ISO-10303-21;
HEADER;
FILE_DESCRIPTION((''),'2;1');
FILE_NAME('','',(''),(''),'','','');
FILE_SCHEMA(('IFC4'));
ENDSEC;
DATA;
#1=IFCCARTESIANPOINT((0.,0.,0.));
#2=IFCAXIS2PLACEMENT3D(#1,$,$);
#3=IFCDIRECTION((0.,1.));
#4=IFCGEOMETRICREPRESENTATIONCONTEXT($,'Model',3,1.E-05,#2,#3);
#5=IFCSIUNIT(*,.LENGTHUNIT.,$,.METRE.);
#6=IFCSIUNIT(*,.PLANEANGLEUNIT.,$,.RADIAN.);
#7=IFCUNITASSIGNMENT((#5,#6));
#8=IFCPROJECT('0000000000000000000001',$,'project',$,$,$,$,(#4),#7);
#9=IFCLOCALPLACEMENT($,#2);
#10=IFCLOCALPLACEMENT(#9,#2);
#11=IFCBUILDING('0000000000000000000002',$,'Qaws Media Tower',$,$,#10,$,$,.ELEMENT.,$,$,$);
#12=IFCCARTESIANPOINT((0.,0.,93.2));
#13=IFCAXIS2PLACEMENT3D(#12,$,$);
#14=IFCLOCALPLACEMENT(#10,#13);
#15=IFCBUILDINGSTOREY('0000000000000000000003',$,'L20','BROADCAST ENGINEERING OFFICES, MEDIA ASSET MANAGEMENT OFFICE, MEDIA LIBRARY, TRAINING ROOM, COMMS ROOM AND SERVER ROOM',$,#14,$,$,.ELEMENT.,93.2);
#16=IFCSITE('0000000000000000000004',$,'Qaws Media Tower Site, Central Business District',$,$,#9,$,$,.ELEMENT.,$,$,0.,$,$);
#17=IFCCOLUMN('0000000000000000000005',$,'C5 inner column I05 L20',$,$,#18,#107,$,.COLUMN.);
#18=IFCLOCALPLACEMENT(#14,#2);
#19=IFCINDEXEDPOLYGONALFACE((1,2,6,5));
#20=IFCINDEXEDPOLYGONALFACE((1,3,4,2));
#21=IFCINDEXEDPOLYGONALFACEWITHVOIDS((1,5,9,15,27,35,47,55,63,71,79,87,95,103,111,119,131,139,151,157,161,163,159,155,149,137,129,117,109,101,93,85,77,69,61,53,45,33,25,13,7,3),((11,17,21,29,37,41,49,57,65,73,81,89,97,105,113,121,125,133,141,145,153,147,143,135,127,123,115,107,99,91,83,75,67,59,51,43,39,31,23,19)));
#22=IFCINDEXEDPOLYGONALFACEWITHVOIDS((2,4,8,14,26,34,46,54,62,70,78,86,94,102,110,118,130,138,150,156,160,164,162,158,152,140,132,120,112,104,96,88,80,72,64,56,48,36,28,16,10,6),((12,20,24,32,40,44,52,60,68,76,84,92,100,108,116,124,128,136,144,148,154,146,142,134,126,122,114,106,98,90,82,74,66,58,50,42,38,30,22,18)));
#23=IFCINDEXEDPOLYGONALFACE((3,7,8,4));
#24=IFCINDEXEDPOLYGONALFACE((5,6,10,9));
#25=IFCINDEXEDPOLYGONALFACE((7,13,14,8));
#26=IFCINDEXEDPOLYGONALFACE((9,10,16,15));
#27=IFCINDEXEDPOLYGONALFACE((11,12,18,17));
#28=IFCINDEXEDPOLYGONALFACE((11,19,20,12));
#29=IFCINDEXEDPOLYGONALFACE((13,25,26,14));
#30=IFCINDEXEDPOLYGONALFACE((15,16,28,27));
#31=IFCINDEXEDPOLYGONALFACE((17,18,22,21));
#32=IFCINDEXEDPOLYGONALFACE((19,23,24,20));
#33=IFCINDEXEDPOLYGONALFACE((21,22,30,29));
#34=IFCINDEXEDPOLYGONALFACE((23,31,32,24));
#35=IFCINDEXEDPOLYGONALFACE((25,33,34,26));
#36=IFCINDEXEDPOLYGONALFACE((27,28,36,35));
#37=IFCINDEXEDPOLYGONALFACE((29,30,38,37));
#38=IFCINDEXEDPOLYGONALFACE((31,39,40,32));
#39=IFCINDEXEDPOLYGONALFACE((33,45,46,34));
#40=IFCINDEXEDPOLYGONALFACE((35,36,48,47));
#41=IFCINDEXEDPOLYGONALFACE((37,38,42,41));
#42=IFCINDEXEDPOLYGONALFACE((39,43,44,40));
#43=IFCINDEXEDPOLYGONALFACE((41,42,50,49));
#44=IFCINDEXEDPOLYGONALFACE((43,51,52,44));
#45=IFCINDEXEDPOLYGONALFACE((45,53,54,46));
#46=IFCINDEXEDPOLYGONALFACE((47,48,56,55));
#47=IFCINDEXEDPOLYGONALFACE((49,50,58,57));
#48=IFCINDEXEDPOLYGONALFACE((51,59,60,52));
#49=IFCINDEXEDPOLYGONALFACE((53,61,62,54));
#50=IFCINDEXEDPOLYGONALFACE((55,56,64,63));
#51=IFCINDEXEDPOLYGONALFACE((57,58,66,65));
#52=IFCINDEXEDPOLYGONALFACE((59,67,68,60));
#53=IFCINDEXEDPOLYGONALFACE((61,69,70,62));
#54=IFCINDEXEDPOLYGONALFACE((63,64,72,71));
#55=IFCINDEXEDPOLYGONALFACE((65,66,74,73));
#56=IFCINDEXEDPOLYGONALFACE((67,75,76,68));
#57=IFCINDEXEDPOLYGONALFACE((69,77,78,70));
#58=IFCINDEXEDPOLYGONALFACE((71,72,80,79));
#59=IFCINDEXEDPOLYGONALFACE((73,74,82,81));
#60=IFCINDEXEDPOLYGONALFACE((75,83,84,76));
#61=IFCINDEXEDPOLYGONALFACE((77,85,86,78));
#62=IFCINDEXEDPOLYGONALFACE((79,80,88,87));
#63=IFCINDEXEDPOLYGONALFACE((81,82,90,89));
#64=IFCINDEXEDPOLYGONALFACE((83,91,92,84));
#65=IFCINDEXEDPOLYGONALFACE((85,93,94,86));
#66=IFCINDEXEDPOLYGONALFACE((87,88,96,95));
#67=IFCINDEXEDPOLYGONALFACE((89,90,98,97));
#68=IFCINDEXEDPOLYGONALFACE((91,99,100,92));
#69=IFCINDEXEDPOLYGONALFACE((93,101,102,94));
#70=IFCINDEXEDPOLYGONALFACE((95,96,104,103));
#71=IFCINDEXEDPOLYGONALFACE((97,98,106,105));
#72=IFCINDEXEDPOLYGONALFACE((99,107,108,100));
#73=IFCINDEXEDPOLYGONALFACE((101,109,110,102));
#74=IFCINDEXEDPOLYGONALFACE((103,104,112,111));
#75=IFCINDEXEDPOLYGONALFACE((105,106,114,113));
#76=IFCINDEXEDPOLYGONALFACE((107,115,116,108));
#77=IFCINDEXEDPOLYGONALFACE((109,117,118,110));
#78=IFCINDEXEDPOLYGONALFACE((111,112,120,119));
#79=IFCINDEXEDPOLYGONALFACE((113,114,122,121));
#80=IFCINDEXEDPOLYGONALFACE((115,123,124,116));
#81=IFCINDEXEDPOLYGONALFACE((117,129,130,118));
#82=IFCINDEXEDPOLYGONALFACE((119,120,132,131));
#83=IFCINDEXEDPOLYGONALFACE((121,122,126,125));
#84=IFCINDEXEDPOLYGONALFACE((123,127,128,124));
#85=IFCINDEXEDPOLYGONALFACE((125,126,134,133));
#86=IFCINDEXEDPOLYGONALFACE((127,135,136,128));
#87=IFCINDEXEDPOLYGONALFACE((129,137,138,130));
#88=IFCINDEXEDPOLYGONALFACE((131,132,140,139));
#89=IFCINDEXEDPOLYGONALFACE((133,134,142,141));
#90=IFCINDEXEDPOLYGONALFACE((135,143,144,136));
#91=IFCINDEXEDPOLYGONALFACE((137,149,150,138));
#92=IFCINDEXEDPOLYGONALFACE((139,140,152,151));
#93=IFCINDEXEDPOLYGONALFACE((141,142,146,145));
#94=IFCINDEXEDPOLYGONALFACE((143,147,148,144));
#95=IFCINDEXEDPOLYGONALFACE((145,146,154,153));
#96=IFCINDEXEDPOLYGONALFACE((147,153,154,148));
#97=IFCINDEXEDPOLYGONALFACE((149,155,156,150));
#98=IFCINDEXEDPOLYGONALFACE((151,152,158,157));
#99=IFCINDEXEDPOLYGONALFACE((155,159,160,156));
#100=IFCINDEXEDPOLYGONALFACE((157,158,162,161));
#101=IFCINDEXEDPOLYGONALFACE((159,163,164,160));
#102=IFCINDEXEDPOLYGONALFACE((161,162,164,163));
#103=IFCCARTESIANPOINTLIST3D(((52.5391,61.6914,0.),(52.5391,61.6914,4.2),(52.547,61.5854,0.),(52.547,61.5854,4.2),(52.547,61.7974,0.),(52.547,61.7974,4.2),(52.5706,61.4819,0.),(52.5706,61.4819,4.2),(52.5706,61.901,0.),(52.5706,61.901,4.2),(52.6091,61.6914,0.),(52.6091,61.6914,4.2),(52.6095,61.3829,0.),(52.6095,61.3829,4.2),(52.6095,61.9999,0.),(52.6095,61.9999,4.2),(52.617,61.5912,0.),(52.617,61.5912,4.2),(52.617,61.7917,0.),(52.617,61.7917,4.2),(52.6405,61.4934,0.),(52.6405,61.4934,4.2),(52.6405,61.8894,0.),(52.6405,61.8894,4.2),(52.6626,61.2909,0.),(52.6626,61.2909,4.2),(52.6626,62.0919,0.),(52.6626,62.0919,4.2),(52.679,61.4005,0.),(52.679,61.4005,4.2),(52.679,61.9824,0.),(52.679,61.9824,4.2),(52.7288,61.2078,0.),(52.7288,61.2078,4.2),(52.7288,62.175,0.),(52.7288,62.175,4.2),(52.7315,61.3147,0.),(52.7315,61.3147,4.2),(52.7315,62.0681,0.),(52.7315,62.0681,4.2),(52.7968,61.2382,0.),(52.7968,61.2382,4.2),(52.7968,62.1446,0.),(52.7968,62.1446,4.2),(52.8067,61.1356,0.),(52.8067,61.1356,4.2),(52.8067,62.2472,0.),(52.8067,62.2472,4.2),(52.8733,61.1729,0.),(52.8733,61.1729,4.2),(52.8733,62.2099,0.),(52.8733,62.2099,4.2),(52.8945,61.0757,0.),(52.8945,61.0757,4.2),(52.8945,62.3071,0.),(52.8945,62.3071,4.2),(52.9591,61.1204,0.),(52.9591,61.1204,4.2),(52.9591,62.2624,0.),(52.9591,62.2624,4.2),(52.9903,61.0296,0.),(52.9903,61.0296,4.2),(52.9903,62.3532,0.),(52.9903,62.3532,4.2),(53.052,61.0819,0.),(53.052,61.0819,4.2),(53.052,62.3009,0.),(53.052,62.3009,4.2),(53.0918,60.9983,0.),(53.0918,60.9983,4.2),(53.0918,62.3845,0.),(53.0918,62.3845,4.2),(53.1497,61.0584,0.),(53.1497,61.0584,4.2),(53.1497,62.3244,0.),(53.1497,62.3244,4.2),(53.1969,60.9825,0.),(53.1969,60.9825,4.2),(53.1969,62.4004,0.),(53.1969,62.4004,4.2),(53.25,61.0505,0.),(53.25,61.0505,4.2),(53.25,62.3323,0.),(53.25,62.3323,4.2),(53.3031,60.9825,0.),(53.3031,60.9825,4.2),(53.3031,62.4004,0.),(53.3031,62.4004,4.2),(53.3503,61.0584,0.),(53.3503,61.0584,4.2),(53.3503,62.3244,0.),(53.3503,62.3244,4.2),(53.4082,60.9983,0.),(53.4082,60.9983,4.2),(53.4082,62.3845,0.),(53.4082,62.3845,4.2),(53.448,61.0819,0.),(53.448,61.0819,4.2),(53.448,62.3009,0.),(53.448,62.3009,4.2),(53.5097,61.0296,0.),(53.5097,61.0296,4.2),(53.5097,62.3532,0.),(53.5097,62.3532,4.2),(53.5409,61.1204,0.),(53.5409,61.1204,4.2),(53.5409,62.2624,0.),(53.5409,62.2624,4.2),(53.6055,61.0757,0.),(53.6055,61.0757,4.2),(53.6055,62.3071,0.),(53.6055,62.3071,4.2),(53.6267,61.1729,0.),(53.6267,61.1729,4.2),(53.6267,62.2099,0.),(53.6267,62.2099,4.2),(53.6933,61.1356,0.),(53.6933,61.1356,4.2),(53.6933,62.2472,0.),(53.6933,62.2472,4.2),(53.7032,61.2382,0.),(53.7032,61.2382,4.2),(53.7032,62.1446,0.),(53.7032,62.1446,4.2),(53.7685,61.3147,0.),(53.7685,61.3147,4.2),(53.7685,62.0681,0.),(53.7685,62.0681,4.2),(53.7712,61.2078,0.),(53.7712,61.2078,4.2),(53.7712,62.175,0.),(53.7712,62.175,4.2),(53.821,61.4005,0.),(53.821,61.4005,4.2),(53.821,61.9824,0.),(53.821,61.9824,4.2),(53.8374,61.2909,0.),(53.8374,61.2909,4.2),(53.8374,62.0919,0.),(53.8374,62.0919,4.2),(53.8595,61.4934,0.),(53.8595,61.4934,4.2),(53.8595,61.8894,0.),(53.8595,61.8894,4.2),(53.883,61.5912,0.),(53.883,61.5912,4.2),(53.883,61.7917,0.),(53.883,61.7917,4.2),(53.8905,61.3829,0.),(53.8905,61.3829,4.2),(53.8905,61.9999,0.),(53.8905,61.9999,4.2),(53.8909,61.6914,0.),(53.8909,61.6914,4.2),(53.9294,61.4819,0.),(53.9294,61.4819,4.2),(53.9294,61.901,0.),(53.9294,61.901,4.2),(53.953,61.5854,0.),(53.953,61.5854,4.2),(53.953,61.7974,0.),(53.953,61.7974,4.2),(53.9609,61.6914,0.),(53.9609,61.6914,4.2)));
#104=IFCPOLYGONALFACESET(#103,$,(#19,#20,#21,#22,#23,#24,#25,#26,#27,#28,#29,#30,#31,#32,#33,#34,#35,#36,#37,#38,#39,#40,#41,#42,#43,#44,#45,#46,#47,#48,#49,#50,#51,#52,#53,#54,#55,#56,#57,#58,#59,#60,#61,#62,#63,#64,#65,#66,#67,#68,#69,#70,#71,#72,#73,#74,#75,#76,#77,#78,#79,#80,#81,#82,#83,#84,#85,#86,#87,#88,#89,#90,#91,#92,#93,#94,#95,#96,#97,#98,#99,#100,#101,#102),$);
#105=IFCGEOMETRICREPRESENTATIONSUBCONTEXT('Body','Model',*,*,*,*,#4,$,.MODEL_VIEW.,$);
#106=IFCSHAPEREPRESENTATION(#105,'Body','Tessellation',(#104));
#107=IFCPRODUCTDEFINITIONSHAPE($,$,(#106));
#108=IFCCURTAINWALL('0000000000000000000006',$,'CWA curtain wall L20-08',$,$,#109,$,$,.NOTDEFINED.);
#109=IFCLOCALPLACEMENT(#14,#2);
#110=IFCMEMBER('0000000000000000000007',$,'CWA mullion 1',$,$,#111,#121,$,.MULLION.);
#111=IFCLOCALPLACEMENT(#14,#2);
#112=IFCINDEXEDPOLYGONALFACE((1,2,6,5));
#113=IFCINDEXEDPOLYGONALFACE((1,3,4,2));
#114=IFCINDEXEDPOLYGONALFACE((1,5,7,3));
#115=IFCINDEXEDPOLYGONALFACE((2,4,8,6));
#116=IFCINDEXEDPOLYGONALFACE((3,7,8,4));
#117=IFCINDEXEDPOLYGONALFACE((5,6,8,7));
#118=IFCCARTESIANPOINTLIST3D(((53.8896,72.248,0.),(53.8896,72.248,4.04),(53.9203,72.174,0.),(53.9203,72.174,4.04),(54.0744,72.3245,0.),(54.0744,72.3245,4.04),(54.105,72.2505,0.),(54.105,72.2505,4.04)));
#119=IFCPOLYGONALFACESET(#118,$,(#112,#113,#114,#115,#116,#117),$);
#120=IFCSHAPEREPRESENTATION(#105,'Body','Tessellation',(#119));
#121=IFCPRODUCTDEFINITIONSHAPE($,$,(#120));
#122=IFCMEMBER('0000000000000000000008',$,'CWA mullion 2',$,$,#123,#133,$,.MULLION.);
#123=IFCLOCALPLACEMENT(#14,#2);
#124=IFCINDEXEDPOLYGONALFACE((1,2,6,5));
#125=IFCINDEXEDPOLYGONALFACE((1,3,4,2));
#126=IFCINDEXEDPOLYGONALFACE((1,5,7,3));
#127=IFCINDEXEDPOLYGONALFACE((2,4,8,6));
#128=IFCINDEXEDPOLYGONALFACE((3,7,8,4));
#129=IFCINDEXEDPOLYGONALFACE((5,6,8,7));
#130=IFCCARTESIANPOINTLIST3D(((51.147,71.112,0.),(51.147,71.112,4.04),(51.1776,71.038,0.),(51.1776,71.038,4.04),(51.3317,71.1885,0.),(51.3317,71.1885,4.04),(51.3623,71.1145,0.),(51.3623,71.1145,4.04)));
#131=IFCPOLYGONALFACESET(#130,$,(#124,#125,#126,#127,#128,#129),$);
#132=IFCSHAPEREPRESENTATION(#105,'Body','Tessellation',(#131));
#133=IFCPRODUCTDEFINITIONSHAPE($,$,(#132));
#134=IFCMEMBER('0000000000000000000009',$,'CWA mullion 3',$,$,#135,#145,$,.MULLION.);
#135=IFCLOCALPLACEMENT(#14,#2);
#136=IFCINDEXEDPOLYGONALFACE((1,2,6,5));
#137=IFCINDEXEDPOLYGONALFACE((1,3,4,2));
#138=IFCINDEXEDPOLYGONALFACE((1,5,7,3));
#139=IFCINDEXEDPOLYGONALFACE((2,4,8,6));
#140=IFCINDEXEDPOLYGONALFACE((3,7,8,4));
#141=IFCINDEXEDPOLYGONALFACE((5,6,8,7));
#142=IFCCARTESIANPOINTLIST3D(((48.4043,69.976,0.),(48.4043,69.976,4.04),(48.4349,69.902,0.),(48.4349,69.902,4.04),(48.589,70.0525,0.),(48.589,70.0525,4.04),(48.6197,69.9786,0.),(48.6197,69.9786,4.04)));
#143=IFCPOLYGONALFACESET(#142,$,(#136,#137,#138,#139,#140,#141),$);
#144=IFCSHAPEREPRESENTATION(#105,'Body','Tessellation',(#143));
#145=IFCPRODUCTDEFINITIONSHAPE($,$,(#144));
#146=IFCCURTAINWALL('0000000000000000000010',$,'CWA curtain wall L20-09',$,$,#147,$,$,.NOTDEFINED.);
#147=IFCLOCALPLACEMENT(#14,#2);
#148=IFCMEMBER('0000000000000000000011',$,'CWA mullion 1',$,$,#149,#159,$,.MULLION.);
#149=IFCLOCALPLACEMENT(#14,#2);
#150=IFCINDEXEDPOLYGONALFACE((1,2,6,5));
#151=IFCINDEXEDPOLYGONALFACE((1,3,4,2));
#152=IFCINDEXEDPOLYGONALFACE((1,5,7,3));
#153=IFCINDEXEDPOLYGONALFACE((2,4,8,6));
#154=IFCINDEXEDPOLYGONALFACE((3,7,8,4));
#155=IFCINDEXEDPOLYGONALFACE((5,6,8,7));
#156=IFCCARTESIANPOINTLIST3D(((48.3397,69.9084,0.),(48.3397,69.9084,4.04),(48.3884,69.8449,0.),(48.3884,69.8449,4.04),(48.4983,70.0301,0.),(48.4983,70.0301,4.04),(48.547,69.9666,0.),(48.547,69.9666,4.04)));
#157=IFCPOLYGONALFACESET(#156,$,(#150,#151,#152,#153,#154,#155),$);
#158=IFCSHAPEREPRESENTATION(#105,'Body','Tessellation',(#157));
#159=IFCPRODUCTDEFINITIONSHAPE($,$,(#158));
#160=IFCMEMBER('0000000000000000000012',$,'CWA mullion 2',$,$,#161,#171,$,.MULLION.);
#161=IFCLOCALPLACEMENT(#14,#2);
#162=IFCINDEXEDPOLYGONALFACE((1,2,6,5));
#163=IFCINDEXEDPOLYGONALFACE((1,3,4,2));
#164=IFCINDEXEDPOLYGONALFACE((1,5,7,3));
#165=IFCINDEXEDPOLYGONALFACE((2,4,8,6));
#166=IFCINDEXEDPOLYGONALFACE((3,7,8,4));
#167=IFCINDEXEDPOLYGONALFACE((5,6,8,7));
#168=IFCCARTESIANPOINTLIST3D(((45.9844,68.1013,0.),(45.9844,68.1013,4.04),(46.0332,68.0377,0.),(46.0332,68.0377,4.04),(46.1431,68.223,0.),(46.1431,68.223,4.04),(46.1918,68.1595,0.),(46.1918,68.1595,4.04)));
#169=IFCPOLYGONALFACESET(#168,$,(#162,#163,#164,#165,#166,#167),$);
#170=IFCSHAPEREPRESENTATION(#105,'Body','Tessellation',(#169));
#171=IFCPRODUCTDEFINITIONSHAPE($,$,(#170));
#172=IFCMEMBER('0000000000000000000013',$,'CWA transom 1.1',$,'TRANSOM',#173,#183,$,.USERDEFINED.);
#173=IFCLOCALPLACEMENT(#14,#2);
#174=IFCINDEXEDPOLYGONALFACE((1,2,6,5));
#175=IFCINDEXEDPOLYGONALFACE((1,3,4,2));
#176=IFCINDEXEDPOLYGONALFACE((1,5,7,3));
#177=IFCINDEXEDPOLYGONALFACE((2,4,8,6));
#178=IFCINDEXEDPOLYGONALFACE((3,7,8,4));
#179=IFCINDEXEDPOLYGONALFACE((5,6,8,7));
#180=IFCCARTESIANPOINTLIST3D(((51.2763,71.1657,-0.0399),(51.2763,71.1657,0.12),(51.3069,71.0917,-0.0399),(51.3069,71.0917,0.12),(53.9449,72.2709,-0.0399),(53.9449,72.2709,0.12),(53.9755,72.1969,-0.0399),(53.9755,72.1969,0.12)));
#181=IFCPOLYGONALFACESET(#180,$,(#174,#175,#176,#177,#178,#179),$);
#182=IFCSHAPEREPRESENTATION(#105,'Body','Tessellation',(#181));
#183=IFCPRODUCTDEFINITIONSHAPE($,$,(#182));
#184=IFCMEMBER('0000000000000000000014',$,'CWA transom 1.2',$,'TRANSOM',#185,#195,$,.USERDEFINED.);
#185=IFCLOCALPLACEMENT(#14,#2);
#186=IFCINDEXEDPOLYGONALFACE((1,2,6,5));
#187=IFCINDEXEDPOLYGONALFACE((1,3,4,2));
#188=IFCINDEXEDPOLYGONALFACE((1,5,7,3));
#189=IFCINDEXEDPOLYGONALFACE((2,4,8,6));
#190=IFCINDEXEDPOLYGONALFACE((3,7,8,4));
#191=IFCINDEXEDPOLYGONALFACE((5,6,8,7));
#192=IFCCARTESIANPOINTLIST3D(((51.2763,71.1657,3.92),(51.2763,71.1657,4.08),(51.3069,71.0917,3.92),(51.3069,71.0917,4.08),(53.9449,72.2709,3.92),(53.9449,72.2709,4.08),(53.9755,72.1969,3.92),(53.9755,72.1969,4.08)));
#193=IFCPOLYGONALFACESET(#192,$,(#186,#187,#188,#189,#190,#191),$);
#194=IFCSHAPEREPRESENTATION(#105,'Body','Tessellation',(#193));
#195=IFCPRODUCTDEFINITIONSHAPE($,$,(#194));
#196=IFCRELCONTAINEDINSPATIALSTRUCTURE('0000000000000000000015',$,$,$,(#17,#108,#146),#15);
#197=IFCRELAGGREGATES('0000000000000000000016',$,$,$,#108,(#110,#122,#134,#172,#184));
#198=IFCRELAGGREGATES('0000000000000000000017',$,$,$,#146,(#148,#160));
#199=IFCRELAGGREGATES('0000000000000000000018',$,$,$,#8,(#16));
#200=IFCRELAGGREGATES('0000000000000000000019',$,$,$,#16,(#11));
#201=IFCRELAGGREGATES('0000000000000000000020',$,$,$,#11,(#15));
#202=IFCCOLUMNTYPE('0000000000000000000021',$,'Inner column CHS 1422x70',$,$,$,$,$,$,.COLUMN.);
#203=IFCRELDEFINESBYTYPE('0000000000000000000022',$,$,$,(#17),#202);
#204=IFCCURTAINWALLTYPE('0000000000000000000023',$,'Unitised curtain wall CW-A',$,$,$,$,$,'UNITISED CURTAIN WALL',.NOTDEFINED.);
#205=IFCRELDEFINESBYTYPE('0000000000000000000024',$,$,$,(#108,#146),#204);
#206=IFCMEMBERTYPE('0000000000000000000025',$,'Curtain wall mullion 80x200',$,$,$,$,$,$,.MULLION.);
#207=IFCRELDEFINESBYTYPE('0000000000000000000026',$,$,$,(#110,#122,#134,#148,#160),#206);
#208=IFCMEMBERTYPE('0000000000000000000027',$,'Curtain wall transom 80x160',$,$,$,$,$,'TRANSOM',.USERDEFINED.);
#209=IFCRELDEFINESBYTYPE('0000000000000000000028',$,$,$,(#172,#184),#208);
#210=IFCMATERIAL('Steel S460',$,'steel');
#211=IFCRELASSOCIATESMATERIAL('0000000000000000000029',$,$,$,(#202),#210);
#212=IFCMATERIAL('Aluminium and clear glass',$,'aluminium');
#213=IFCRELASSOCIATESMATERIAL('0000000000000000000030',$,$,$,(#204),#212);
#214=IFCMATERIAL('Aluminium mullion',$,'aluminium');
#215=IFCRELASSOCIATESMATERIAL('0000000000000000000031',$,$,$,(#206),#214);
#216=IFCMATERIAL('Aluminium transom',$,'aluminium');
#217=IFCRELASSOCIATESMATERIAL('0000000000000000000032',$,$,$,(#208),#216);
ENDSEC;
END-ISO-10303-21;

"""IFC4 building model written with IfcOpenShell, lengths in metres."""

from ifc_helpers import new_model, si_unit, direction, frame, origin, origin_2d, place, context, subcontext, project, spatial, rectangle, hollow_circle, extrude, material, material_profile, profile_set, type_object, element, aggregate, save


model = new_model("IFC4")

# Units and contexts
model_context = context("Model", 3, precision=1e-05, world=origin(), true_north=direction((0.0, 1.0)))
body_context = subcontext(model_context, "Body", "Model", "MODEL_VIEW")
ifc_project = project(units=[si_unit("LENGTHUNIT", "METRE"), si_unit("PLANEANGLEUNIT", "RADIAN")], contexts=[model_context])

# Site, building, storey
site_placement = place(None, origin())
site = spatial("IfcSite", under=ifc_project, at=site_placement, Name="Qaws Media Tower Site, Central Business District", CompositionType="ELEMENT", RefElevation=0.0)
building_placement = place(site_placement, origin())
building = spatial("IfcBuilding", under=site, at=building_placement, Name="Qaws Media Tower", CompositionType="ELEMENT")
storey_placement = place(building_placement, frame((0.0, 0.0, 93.2)))
storey = spatial("IfcBuildingStorey", under=building, at=storey_placement, Name="L20", Description="BROADCAST ENGINEERING OFFICES, MEDIA ASSET MANAGEMENT OFFICE, MEDIA LIBRARY, TRAINING ROOM, COMMS ROOM AND SERVER ROOM", CompositionType="ELEMENT", Elevation=93.2)

# Column
ifc_material_1 = material(Name="Steel S460", Category="steel")
ifc_material_profile_1 = material_profile(ifc_material_1, hollow_circle(Radius=0.7109, WallThickness=0.0701, at=origin_2d()), Name="CHS 1422x70")
ifc_profile_set_1 = profile_set([ifc_material_profile_1], Name="Steel S460")
column_type = type_object("IfcColumnType", Name="Inner column CHS 1422x70", PredefinedType="COLUMN", material=ifc_profile_set_1)
column_placement = place(storey_placement, frame((53.25, 61.6914, 0.0), z_axis=(0.0, 0.0, 1.0), x_axis=(1.0, 0.0, 0.0)))
element("IfcColumn", 1, at=column_placement, inside=storey, type_object=column_type, Name="C5 inner column I05 L20", PredefinedType="COLUMN", context=body_context, shape_type="SweptSolid", body=[
    extrude(hollow_circle(Radius=0.7109, WallThickness=0.0701, at=origin_2d()), origin(), (0.0, 0.0, 1.0), 4.2),
])

# Curtain walls, members
ifc_material_2 = material(Name="Aluminium and clear glass", Category="aluminium")
curtain_wall_type = type_object("IfcCurtainWallType", Name="Unitised curtain wall CW-A", ElementType="UNITISED CURTAIN WALL", PredefinedType="NOTDEFINED", material=ifc_material_2)
curtain_wall_1_placement = place(storey_placement, origin())
curtain_wall_1 = element("IfcCurtainWall", 2, at=curtain_wall_1_placement, inside=storey, type_object=curtain_wall_type, Name="CWA curtain wall L20-08", PredefinedType="NOTDEFINED")
ifc_material_3 = material(Name="Aluminium mullion", Category="aluminium")
ifc_material_profile_2 = material_profile(ifc_material_3, rectangle(XDim=0.0801, YDim=0.2, at=origin_2d()), Name="80x200")
ifc_profile_set_2 = profile_set([ifc_material_profile_2], Name="Aluminium mullion")
member_type_1 = type_object("IfcMemberType", Name="Curtain wall mullion 80x200", PredefinedType="MULLION", material=ifc_profile_set_2)
member_1_placement = place(storey_placement, frame((53.9973, 72.2493, 0.0), z_axis=(0.0, 0.0, 1.0), x_axis=(0.382683, -0.92388, 0.0)))
member_1 = element("IfcMember", 3, at=member_1_placement, type_object=member_type_1, Name="CWA mullion 1", PredefinedType="MULLION", context=body_context, shape_type="SweptSolid", body=[
    extrude(rectangle(XDim=0.0801, YDim=0.2, at=origin_2d()), origin(), (0.0, 0.0, 1.0), 4.04),
])
member_2_placement = place(storey_placement, frame((51.2546, 71.1133, 0.0), z_axis=(0.0, 0.0, 1.0), x_axis=(0.382683, -0.92388, 0.0)))
member_2 = element("IfcMember", 4, at=member_2_placement, type_object=member_type_1, Name="CWA mullion 2", PredefinedType="MULLION", context=body_context, shape_type="SweptSolid", body=[
    extrude(rectangle(XDim=0.0801, YDim=0.2, at=origin_2d()), origin(), (0.0, 0.0, 1.0), 4.04),
])
member_3_placement = place(storey_placement, frame((48.512, 69.9773, 0.0), z_axis=(0.0, 0.0, 1.0), x_axis=(0.382683, -0.92388, 0.0)))
member_3 = element("IfcMember", 5, at=member_3_placement, type_object=member_type_1, Name="CWA mullion 3", PredefinedType="MULLION", context=body_context, shape_type="SweptSolid", body=[
    extrude(rectangle(XDim=0.0801, YDim=0.2, at=origin_2d()), origin(), (0.0, 0.0, 1.0), 4.04),
])
curtain_wall_2_placement = place(storey_placement, origin())
curtain_wall_2 = element("IfcCurtainWall", 6, at=curtain_wall_2_placement, inside=storey, type_object=curtain_wall_type, Name="CWA curtain wall L20-09", PredefinedType="NOTDEFINED")
member_4_placement = place(storey_placement, frame((48.4434, 69.9375, 0.0), z_axis=(0.0, 0.0, 1.0), x_axis=(0.608762, -0.793353, 0.0)))
member_4 = element("IfcMember", 7, at=member_4_placement, type_object=member_type_1, Name="CWA mullion 1", PredefinedType="MULLION", context=body_context, shape_type="SweptSolid", body=[
    extrude(rectangle(XDim=0.0801, YDim=0.2, at=origin_2d()), origin(), (0.0, 0.0, 1.0), 4.04),
])
member_5_placement = place(storey_placement, frame((46.0881, 68.1304, 0.0), z_axis=(0.0, 0.0, 1.0), x_axis=(0.608762, -0.793353, 0.0)))
member_5 = element("IfcMember", 8, at=member_5_placement, type_object=member_type_1, Name="CWA mullion 2", PredefinedType="MULLION", context=body_context, shape_type="SweptSolid", body=[
    extrude(rectangle(XDim=0.0801, YDim=0.2, at=origin_2d()), origin(), (0.0, 0.0, 1.0), 4.04),
])

# Members
ifc_material_4 = material(Name="Aluminium transom", Category="aluminium")
ifc_material_profile_3 = material_profile(ifc_material_4, rectangle(XDim=0.0801, YDim=0.1599, at=origin_2d()), Name="80x160")
ifc_profile_set_3 = profile_set([ifc_material_profile_3], Name="Aluminium transom")
member_type_2 = type_object("IfcMemberType", Name="Curtain wall transom 80x160", ElementType="TRANSOM", PredefinedType="USERDEFINED", material=ifc_profile_set_3)
member_6_placement = place(storey_placement, frame((53.9602, 72.2339, 0.04), z_axis=(-0.923902, -0.382628, 0.0), x_axis=(0.382628, -0.923902, 0.0)))
member_6 = element("IfcMember", 9, at=member_6_placement, type_object=member_type_2, Name="CWA transom 1.1", ObjectType="TRANSOM", PredefinedType="USERDEFINED", context=body_context, shape_type="SweptSolid", body=[
    extrude(rectangle(XDim=0.0801, YDim=0.1599, at=origin_2d()), origin(), (0.0, 0.0, 1.0), 2.8884),
])
member_7_placement = place(storey_placement, frame((53.9602, 72.2339, 4.0), z_axis=(-0.923902, -0.382628, 0.0), x_axis=(0.382628, -0.923902, 0.0)))
member_7 = element("IfcMember", 10, at=member_7_placement, type_object=member_type_2, Name="CWA transom 1.2", ObjectType="TRANSOM", PredefinedType="USERDEFINED", context=body_context, shape_type="SweptSolid", body=[
    extrude(rectangle(XDim=0.0801, YDim=0.1599, at=origin_2d()), origin(), (0.0, 0.0, 1.0), 2.8884),
])

aggregate(curtain_wall_1, [member_1, member_2, member_3, member_6, member_7])
aggregate(curtain_wall_2, [member_4, member_5])

save(model, "model.ifc")
